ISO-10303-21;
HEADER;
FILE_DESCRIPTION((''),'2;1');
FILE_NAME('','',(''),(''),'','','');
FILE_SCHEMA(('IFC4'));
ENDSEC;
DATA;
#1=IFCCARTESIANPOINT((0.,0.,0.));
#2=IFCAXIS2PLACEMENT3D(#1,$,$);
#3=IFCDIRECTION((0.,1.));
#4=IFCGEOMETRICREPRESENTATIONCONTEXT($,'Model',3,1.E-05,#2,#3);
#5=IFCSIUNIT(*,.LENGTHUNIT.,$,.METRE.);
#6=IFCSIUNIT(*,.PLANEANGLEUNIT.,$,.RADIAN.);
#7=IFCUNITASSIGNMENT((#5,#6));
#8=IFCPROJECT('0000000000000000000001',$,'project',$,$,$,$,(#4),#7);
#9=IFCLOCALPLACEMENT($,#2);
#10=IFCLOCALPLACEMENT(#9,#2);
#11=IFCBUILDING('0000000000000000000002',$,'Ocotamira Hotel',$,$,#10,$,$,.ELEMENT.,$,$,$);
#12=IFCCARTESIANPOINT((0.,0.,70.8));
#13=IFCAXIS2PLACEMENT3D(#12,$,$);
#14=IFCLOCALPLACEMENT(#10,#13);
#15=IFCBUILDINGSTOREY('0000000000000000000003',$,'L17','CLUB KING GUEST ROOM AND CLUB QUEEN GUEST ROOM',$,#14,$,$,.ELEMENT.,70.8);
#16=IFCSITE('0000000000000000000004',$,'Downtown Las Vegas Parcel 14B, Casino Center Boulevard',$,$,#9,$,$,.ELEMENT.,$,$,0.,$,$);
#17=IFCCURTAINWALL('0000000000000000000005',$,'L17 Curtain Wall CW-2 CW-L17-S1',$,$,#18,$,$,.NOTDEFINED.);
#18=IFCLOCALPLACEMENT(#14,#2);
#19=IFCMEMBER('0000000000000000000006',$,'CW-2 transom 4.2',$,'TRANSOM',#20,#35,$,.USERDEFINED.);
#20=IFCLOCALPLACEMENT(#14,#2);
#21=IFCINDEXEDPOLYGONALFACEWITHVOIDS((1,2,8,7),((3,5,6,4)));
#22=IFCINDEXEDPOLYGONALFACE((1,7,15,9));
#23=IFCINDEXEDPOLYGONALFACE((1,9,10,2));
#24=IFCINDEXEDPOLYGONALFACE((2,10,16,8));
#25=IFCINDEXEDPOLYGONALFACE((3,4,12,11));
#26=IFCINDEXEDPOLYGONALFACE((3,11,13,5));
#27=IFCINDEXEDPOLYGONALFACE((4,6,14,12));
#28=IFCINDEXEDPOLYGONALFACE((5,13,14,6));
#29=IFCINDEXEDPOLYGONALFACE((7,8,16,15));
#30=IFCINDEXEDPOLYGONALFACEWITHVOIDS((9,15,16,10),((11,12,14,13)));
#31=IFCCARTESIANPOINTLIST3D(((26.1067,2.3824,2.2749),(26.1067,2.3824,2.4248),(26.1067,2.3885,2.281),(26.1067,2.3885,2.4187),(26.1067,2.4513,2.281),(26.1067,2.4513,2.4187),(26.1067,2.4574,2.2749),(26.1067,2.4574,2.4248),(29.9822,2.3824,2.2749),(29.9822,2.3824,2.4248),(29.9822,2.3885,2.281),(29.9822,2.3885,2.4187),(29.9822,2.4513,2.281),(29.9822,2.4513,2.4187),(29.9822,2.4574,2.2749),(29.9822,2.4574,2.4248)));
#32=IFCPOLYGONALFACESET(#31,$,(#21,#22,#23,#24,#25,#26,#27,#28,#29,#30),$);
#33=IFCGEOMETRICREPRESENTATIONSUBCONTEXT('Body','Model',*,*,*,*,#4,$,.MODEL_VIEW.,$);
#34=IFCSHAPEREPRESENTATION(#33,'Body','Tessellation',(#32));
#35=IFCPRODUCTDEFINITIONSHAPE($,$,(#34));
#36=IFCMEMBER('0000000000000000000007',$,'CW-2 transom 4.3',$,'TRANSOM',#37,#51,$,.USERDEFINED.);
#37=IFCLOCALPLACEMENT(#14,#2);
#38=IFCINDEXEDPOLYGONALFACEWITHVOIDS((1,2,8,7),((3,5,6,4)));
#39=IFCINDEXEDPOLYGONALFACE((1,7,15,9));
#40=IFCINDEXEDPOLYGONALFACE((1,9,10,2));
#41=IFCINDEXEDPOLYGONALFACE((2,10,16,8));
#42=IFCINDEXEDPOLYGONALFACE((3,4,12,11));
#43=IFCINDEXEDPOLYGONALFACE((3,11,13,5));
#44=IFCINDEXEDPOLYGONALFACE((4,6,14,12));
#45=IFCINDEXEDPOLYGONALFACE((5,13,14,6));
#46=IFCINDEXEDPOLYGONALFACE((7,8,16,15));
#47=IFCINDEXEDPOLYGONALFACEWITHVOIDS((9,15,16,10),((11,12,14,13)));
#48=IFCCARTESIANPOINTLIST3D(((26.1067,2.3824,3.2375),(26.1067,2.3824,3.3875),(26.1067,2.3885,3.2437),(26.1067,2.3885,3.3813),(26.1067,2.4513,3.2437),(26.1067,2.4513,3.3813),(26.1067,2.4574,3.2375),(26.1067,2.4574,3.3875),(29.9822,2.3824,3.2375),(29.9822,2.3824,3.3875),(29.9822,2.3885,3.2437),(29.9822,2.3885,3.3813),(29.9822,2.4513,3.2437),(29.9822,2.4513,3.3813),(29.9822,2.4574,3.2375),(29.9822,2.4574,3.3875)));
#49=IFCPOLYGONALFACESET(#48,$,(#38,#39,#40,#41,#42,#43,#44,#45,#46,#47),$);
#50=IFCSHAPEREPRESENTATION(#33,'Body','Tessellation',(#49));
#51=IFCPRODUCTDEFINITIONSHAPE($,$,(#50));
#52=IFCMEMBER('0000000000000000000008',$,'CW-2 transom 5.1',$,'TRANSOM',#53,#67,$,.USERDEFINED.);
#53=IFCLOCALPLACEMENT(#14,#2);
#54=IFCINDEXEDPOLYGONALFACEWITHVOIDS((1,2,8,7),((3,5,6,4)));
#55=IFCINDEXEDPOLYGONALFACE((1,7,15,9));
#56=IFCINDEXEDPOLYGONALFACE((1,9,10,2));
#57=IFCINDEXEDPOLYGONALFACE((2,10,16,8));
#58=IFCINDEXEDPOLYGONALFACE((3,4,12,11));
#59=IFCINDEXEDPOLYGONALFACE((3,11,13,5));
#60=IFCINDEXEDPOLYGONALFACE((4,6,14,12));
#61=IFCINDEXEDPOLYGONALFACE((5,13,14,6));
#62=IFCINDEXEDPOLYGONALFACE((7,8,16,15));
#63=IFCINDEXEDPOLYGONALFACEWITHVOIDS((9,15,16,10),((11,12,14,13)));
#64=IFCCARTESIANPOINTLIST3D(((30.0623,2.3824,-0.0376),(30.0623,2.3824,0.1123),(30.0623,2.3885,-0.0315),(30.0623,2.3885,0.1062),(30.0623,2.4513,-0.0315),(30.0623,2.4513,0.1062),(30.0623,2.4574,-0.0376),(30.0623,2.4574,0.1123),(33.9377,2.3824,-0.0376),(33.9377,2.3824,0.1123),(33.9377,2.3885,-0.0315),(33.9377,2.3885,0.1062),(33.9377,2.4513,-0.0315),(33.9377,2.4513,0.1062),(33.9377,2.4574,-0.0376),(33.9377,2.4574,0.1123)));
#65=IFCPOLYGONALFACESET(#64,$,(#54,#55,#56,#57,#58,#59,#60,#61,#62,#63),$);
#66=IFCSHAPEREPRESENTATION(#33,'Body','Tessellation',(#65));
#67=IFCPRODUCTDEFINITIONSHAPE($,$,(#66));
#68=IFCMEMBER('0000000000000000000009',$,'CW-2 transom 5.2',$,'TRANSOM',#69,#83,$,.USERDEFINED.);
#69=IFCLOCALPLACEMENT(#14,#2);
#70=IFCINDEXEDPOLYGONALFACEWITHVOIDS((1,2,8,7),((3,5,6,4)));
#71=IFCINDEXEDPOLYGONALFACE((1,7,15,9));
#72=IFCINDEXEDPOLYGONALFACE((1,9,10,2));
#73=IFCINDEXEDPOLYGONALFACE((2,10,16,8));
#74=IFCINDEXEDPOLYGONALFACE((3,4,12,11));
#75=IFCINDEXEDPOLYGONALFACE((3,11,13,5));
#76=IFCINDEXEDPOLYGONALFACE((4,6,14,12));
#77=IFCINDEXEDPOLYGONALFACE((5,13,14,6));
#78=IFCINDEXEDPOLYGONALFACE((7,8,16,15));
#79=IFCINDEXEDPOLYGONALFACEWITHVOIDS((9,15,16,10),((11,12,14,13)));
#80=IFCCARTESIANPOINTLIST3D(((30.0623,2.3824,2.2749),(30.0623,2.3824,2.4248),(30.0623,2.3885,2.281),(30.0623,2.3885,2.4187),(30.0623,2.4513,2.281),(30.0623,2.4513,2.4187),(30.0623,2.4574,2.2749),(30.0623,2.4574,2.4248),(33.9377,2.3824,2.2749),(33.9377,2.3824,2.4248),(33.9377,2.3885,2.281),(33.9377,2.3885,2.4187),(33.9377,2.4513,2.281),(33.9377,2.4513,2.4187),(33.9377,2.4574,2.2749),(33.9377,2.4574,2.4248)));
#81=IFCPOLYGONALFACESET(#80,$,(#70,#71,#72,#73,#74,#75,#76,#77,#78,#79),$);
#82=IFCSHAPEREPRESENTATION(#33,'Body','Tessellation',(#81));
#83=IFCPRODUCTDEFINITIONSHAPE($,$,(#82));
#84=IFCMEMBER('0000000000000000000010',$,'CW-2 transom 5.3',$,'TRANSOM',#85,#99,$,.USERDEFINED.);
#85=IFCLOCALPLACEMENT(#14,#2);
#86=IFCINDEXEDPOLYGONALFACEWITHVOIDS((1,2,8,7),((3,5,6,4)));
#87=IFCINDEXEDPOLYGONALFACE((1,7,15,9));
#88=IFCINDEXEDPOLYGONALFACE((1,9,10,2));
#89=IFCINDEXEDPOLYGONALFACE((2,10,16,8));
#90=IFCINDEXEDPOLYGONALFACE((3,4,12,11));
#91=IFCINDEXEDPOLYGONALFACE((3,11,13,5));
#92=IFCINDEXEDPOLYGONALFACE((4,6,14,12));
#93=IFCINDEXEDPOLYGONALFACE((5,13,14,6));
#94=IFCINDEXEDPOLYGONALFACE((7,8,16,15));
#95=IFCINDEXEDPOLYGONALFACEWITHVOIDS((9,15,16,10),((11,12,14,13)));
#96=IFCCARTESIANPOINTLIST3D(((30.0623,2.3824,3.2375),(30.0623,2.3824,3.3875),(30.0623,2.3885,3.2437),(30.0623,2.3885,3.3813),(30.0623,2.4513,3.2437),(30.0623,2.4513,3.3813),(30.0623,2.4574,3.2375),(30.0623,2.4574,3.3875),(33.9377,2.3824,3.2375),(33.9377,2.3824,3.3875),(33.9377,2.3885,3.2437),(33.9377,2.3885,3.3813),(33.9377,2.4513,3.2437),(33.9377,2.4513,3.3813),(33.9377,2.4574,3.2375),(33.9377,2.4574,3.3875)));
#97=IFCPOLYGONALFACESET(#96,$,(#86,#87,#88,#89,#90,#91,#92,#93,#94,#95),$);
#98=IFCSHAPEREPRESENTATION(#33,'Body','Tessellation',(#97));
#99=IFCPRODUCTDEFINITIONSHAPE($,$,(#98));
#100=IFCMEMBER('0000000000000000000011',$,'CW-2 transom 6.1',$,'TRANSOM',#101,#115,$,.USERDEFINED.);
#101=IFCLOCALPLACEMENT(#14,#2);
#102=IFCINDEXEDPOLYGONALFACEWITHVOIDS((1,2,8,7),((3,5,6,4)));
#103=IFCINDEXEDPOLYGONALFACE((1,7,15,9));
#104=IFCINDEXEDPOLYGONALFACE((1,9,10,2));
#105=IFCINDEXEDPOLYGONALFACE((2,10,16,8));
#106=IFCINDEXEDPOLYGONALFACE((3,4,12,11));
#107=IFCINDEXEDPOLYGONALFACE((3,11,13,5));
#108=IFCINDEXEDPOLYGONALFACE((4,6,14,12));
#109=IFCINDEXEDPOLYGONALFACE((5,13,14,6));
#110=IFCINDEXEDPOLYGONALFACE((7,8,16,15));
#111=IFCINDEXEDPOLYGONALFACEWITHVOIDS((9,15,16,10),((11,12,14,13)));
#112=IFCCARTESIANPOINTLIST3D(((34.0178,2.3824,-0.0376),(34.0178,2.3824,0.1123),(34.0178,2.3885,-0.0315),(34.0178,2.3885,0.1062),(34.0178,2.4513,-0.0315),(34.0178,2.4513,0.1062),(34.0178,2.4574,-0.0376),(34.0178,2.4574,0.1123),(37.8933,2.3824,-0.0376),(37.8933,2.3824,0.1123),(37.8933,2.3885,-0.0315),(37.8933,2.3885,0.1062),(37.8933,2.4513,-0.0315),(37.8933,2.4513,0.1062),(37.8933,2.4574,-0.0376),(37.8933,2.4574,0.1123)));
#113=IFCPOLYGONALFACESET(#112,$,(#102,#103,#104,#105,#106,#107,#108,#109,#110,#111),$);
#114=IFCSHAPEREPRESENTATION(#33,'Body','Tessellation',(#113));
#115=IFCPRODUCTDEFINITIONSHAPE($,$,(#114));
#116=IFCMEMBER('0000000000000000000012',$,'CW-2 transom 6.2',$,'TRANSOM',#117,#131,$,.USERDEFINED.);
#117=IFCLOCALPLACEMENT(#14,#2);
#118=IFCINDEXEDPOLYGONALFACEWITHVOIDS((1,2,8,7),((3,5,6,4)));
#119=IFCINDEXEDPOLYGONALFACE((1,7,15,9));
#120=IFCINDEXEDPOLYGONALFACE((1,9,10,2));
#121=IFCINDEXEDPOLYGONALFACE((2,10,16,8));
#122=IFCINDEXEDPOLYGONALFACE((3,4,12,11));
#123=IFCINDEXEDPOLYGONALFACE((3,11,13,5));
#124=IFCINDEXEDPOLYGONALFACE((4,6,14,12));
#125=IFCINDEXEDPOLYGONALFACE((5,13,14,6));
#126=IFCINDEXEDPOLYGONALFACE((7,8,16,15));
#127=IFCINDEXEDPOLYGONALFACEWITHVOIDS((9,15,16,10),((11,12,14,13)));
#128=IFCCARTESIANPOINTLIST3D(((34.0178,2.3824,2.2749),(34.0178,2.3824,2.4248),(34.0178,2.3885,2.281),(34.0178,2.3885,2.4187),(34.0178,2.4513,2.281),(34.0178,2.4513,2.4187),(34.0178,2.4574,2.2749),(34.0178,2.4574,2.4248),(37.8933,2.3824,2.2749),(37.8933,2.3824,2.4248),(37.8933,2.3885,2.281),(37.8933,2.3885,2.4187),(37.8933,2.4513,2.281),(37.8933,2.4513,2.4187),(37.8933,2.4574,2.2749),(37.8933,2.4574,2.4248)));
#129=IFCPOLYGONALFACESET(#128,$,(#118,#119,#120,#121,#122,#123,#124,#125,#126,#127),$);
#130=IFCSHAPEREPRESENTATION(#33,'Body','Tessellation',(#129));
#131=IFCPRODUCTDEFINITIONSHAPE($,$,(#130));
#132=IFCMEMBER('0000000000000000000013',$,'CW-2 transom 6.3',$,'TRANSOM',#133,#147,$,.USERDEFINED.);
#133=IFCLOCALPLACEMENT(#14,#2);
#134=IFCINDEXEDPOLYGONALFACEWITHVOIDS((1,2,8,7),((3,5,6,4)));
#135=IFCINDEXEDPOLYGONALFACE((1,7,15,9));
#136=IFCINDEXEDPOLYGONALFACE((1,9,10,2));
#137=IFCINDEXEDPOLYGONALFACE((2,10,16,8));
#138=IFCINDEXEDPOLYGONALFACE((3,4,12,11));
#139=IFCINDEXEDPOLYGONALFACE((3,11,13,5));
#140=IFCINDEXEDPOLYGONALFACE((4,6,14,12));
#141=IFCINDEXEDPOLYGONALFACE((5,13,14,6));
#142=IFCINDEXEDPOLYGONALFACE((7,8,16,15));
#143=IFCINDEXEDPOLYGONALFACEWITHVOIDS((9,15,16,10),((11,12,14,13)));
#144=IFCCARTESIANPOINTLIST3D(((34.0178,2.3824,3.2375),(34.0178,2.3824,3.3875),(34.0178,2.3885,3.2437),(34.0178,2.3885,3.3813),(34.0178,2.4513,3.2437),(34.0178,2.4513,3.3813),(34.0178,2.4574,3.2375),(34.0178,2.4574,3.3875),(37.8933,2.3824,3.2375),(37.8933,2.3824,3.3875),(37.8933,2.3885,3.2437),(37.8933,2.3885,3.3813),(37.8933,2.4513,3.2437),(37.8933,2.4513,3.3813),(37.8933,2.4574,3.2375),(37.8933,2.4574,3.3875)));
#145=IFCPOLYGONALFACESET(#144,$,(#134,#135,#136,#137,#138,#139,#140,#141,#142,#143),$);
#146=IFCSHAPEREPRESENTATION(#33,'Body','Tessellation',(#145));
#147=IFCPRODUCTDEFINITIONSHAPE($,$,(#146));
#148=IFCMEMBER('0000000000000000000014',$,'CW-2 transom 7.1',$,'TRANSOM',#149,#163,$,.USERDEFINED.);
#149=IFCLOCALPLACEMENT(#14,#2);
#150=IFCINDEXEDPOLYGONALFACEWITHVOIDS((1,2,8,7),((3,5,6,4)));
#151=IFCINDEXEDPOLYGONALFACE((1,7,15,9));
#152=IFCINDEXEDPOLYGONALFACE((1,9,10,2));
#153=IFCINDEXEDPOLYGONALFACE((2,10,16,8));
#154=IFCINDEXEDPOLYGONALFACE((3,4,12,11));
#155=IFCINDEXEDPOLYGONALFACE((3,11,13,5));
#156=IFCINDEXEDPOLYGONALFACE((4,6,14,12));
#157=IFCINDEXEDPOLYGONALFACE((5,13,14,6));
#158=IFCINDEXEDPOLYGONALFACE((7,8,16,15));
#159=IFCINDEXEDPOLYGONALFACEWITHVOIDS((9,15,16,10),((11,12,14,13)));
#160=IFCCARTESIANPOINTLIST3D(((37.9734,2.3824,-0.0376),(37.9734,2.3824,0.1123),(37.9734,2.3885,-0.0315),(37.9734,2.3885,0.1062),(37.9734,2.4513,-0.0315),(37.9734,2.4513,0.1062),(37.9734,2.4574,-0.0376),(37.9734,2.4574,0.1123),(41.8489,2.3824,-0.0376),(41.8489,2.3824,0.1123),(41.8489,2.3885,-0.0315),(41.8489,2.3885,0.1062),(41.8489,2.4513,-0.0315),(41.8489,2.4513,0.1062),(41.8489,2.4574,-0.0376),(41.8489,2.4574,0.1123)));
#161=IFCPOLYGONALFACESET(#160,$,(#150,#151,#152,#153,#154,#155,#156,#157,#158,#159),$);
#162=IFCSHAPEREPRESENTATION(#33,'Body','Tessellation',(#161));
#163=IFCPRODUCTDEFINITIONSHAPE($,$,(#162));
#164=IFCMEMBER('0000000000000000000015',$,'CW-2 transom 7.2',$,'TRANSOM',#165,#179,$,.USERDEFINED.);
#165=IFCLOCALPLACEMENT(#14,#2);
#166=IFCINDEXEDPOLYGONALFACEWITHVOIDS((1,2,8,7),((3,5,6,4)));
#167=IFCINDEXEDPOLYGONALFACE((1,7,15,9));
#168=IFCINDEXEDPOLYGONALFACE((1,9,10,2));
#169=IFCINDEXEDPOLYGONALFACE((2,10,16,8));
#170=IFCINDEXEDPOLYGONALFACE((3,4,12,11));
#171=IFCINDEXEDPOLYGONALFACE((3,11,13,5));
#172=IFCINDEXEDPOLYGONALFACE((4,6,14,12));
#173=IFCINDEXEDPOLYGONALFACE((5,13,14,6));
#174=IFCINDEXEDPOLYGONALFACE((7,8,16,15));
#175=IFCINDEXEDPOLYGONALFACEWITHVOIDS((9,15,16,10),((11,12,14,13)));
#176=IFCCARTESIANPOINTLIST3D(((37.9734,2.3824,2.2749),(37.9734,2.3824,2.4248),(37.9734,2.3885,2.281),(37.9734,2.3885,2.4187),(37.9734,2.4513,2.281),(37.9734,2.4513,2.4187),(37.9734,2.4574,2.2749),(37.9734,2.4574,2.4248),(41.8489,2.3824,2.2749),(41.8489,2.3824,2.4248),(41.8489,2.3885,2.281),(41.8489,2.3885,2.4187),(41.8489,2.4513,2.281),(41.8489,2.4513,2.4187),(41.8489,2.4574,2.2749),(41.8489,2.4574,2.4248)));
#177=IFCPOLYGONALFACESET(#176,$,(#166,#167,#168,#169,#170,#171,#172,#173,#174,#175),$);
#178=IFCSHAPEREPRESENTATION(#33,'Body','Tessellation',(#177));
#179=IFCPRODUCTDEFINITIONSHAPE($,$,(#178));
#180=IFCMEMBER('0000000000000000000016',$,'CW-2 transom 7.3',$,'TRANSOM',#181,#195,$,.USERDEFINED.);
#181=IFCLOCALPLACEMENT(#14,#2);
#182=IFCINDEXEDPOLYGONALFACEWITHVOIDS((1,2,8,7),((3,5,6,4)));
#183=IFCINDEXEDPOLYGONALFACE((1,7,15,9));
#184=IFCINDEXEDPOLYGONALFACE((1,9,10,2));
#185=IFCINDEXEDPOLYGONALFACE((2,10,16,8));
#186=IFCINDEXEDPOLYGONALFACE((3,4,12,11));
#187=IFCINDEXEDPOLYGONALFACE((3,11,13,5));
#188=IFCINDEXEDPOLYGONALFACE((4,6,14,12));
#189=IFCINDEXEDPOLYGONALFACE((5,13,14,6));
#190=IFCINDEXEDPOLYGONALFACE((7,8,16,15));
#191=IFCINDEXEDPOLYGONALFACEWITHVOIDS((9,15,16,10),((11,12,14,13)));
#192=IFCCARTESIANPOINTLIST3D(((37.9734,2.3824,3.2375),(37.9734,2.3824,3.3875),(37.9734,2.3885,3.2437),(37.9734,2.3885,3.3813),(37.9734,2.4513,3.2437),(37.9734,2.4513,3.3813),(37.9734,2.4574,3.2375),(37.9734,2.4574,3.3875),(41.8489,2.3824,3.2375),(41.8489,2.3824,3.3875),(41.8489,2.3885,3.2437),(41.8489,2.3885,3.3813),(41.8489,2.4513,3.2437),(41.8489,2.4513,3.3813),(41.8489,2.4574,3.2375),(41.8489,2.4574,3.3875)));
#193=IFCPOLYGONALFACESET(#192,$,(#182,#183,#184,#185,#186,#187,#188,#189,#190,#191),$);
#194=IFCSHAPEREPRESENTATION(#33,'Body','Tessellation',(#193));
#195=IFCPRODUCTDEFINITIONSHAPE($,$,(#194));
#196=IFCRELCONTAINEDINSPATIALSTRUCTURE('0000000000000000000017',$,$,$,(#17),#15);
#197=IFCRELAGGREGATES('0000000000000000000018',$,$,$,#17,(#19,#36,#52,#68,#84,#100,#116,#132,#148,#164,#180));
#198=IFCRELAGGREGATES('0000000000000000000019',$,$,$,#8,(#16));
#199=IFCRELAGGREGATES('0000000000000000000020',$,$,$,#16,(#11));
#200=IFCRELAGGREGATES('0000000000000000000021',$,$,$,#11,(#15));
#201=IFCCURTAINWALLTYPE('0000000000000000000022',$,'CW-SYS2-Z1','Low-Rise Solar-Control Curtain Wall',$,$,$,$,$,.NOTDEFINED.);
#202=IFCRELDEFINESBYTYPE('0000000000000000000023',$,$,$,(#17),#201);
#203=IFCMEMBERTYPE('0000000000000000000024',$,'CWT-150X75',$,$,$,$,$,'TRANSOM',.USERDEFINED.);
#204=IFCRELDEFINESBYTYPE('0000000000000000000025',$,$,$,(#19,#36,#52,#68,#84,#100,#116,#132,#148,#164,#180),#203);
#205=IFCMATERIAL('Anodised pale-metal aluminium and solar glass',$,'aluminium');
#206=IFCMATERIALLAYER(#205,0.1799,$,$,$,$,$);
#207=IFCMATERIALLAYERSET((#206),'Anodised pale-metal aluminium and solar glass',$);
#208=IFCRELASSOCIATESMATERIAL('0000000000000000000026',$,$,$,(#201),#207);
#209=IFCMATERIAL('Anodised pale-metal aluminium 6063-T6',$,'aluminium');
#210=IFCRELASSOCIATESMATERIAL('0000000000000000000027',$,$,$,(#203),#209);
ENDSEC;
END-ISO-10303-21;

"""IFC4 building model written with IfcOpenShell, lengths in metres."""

from ifc_helpers import new_model, si_unit, direction, frame, origin, origin_2d, place, context, subcontext, project, spatial, hollow_rectangle, extrude, source, transform, mapped, material, layer, layer_set, material_profile, profile_set, type_object, element, aggregate, save


model = new_model("IFC4")

# Units and contexts
model_context = context("Model", 3, precision=1e-05, world=origin(), true_north=direction((0.0, 1.0)))
body_context = subcontext(model_context, "Body", "Model", "MODEL_VIEW")
ifc_project = project(units=[si_unit("LENGTHUNIT", "METRE"), si_unit("PLANEANGLEUNIT", "RADIAN")], contexts=[model_context])

# Site, building, storey
site_placement = place(None, origin())
site = spatial("IfcSite", under=ifc_project, at=site_placement, Name="Downtown Las Vegas Parcel 14B, Casino Center Boulevard", CompositionType="ELEMENT", RefElevation=0.0)
building_placement = place(site_placement, origin())
building = spatial("IfcBuilding", under=site, at=building_placement, Name="Ocotamira Hotel", CompositionType="ELEMENT")
storey_placement = place(building_placement, frame((0.0, 0.0, 70.8)))
storey = spatial("IfcBuildingStorey", under=building, at=storey_placement, Name="L17", Description="CLUB KING GUEST ROOM AND CLUB QUEEN GUEST ROOM", CompositionType="ELEMENT", Elevation=70.8)

# Curtain wall, members
ifc_material_1 = material(Name="Anodised pale-metal aluminium and solar glass", Category="aluminium")
ifc_layer_1 = layer(ifc_material_1, 0.1799)
ifc_layer_set_1 = layer_set([ifc_layer_1], Name="Anodised pale-metal aluminium and solar glass")
curtain_wall_type = type_object("IfcCurtainWallType", Name="CW-SYS2-Z1", Description="Low-Rise Solar-Control Curtain Wall", PredefinedType="NOTDEFINED", material=ifc_layer_set_1)
curtain_wall_placement = place(storey_placement, origin())
curtain_wall = element("IfcCurtainWall", 1, at=curtain_wall_placement, inside=storey, type_object=curtain_wall_type, Name="L17 Curtain Wall CW-2 CW-L17-S1", PredefinedType="NOTDEFINED")
ifc_material_2 = material(Name="Anodised pale-metal aluminium 6063-T6", Category="aluminium")
ifc_material_profile_1 = material_profile(ifc_material_2, hollow_rectangle(XDim=0.075, YDim=0.1499, WallThickness=0.0061, at=origin_2d()), Name="HSS150X75X6")
ifc_profile_set_1 = profile_set([ifc_material_profile_1], Name="Anodised pale-metal aluminium 6063-T6")
member_type_1 = type_object("IfcMemberType", Name="CWT-150X75", ElementType="TRANSOM", PredefinedType="USERDEFINED", material=ifc_profile_set_1)
shared_shape_1 = source(origin(), body_context, "Body", "SweptSolid", [
    extrude(hollow_rectangle(XDim=0.075, YDim=0.1499, WallThickness=0.0061, at=origin_2d()), origin(), (0.0, 0.0, 1.0), 3.8755),
])
member_1_placement = place(storey_placement, frame((26.1067, 2.4199, 2.3499), z_axis=(1.0, 0.0, 0.0), x_axis=(0.0, 1.0, 0.0)))
member_1 = element("IfcMember", 2, at=member_1_placement, type_object=member_type_1, Name="CW-2 transom 4.2", ObjectType="TRANSOM", PredefinedType="USERDEFINED", context=body_context, shape_type="MappedRepresentation", body=[
    mapped(shared_shape_1, transform((0.0, 0.0, 0.0), scale=1.0)),
])
member_2_placement = place(storey_placement, frame((26.1067, 2.4199, 3.3125), z_axis=(1.0, 0.0, 0.0), x_axis=(0.0, 1.0, 0.0)))
member_2 = element("IfcMember", 3, at=member_2_placement, type_object=member_type_1, Name="CW-2 transom 4.3", ObjectType="TRANSOM", PredefinedType="USERDEFINED", context=body_context, shape_type="MappedRepresentation", body=[
    mapped(shared_shape_1, transform((0.0, 0.0, 0.0), scale=1.0)),
])
member_3_placement = place(storey_placement, frame((30.0623, 2.4199, 0.0374), z_axis=(1.0, 0.0, 0.0), x_axis=(0.0, 1.0, 0.0)))
member_3 = element("IfcMember", 4, at=member_3_placement, type_object=member_type_1, Name="CW-2 transom 5.1", ObjectType="TRANSOM", PredefinedType="USERDEFINED", context=body_context, shape_type="MappedRepresentation", body=[
    mapped(shared_shape_1, transform((0.0, 0.0, 0.0), scale=1.0)),
])
member_4_placement = place(storey_placement, frame((30.0623, 2.4199, 2.3499), z_axis=(1.0, 0.0, 0.0), x_axis=(0.0, 1.0, 0.0)))
member_4 = element("IfcMember", 5, at=member_4_placement, type_object=member_type_1, Name="CW-2 transom 5.2", ObjectType="TRANSOM", PredefinedType="USERDEFINED", context=body_context, shape_type="MappedRepresentation", body=[
    mapped(shared_shape_1, transform((0.0, 0.0, 0.0), scale=1.0)),
])
member_5_placement = place(storey_placement, frame((30.0623, 2.4199, 3.3125), z_axis=(1.0, 0.0, 0.0), x_axis=(0.0, 1.0, 0.0)))
member_5 = element("IfcMember", 6, at=member_5_placement, type_object=member_type_1, Name="CW-2 transom 5.3", ObjectType="TRANSOM", PredefinedType="USERDEFINED", context=body_context, shape_type="MappedRepresentation", body=[
    mapped(shared_shape_1, transform((0.0, 0.0, 0.0), scale=1.0)),
])
member_6_placement = place(storey_placement, frame((34.0178, 2.4199, 0.0374), z_axis=(1.0, 0.0, 0.0), x_axis=(0.0, 1.0, 0.0)))
member_6 = element("IfcMember", 7, at=member_6_placement, type_object=member_type_1, Name="CW-2 transom 6.1", ObjectType="TRANSOM", PredefinedType="USERDEFINED", context=body_context, shape_type="MappedRepresentation", body=[
    mapped(shared_shape_1, transform((0.0, 0.0, 0.0), scale=1.0)),
])
member_7_placement = place(storey_placement, frame((34.0178, 2.4199, 2.3499), z_axis=(1.0, 0.0, 0.0), x_axis=(0.0, 1.0, 0.0)))
member_7 = element("IfcMember", 8, at=member_7_placement, type_object=member_type_1, Name="CW-2 transom 6.2", ObjectType="TRANSOM", PredefinedType="USERDEFINED", context=body_context, shape_type="MappedRepresentation", body=[
    mapped(shared_shape_1, transform((0.0, 0.0, 0.0), scale=1.0)),
])
member_8_placement = place(storey_placement, frame((34.0178, 2.4199, 3.3125), z_axis=(1.0, 0.0, 0.0), x_axis=(0.0, 1.0, 0.0)))
member_8 = element("IfcMember", 9, at=member_8_placement, type_object=member_type_1, Name="CW-2 transom 6.3", ObjectType="TRANSOM", PredefinedType="USERDEFINED", context=body_context, shape_type="MappedRepresentation", body=[
    mapped(shared_shape_1, transform((0.0, 0.0, 0.0), scale=1.0)),
])
member_9_placement = place(storey_placement, frame((37.9734, 2.4199, 0.0374), z_axis=(1.0, 0.0, 0.0), x_axis=(0.0, 1.0, 0.0)))
member_9 = element("IfcMember", 10, at=member_9_placement, type_object=member_type_1, Name="CW-2 transom 7.1", ObjectType="TRANSOM", PredefinedType="USERDEFINED", context=body_context, shape_type="MappedRepresentation", body=[
    mapped(shared_shape_1, transform((0.0, 0.0, 0.0), scale=1.0)),
])
member_10_placement = place(storey_placement, frame((37.9734, 2.4199, 2.3499), z_axis=(1.0, 0.0, 0.0), x_axis=(0.0, 1.0, 0.0)))
member_10 = element("IfcMember", 11, at=member_10_placement, type_object=member_type_1, Name="CW-2 transom 7.2", ObjectType="TRANSOM", PredefinedType="USERDEFINED", context=body_context, shape_type="MappedRepresentation", body=[
    mapped(shared_shape_1, transform((0.0, 0.0, 0.0), scale=1.0)),
])
member_11_placement = place(storey_placement, frame((37.9734, 2.4199, 3.3125), z_axis=(1.0, 0.0, 0.0), x_axis=(0.0, 1.0, 0.0)))
member_11 = element("IfcMember", 12, at=member_11_placement, type_object=member_type_1, Name="CW-2 transom 7.3", ObjectType="TRANSOM", PredefinedType="USERDEFINED", context=body_context, shape_type="MappedRepresentation", body=[
    mapped(shared_shape_1, transform((0.0, 0.0, 0.0), scale=1.0)),
])

aggregate(curtain_wall, [member_1, member_2, member_3, member_4, member_5, member_6, member_7, member_8, member_9, member_10, member_11])

save(model, "model.ifc")
